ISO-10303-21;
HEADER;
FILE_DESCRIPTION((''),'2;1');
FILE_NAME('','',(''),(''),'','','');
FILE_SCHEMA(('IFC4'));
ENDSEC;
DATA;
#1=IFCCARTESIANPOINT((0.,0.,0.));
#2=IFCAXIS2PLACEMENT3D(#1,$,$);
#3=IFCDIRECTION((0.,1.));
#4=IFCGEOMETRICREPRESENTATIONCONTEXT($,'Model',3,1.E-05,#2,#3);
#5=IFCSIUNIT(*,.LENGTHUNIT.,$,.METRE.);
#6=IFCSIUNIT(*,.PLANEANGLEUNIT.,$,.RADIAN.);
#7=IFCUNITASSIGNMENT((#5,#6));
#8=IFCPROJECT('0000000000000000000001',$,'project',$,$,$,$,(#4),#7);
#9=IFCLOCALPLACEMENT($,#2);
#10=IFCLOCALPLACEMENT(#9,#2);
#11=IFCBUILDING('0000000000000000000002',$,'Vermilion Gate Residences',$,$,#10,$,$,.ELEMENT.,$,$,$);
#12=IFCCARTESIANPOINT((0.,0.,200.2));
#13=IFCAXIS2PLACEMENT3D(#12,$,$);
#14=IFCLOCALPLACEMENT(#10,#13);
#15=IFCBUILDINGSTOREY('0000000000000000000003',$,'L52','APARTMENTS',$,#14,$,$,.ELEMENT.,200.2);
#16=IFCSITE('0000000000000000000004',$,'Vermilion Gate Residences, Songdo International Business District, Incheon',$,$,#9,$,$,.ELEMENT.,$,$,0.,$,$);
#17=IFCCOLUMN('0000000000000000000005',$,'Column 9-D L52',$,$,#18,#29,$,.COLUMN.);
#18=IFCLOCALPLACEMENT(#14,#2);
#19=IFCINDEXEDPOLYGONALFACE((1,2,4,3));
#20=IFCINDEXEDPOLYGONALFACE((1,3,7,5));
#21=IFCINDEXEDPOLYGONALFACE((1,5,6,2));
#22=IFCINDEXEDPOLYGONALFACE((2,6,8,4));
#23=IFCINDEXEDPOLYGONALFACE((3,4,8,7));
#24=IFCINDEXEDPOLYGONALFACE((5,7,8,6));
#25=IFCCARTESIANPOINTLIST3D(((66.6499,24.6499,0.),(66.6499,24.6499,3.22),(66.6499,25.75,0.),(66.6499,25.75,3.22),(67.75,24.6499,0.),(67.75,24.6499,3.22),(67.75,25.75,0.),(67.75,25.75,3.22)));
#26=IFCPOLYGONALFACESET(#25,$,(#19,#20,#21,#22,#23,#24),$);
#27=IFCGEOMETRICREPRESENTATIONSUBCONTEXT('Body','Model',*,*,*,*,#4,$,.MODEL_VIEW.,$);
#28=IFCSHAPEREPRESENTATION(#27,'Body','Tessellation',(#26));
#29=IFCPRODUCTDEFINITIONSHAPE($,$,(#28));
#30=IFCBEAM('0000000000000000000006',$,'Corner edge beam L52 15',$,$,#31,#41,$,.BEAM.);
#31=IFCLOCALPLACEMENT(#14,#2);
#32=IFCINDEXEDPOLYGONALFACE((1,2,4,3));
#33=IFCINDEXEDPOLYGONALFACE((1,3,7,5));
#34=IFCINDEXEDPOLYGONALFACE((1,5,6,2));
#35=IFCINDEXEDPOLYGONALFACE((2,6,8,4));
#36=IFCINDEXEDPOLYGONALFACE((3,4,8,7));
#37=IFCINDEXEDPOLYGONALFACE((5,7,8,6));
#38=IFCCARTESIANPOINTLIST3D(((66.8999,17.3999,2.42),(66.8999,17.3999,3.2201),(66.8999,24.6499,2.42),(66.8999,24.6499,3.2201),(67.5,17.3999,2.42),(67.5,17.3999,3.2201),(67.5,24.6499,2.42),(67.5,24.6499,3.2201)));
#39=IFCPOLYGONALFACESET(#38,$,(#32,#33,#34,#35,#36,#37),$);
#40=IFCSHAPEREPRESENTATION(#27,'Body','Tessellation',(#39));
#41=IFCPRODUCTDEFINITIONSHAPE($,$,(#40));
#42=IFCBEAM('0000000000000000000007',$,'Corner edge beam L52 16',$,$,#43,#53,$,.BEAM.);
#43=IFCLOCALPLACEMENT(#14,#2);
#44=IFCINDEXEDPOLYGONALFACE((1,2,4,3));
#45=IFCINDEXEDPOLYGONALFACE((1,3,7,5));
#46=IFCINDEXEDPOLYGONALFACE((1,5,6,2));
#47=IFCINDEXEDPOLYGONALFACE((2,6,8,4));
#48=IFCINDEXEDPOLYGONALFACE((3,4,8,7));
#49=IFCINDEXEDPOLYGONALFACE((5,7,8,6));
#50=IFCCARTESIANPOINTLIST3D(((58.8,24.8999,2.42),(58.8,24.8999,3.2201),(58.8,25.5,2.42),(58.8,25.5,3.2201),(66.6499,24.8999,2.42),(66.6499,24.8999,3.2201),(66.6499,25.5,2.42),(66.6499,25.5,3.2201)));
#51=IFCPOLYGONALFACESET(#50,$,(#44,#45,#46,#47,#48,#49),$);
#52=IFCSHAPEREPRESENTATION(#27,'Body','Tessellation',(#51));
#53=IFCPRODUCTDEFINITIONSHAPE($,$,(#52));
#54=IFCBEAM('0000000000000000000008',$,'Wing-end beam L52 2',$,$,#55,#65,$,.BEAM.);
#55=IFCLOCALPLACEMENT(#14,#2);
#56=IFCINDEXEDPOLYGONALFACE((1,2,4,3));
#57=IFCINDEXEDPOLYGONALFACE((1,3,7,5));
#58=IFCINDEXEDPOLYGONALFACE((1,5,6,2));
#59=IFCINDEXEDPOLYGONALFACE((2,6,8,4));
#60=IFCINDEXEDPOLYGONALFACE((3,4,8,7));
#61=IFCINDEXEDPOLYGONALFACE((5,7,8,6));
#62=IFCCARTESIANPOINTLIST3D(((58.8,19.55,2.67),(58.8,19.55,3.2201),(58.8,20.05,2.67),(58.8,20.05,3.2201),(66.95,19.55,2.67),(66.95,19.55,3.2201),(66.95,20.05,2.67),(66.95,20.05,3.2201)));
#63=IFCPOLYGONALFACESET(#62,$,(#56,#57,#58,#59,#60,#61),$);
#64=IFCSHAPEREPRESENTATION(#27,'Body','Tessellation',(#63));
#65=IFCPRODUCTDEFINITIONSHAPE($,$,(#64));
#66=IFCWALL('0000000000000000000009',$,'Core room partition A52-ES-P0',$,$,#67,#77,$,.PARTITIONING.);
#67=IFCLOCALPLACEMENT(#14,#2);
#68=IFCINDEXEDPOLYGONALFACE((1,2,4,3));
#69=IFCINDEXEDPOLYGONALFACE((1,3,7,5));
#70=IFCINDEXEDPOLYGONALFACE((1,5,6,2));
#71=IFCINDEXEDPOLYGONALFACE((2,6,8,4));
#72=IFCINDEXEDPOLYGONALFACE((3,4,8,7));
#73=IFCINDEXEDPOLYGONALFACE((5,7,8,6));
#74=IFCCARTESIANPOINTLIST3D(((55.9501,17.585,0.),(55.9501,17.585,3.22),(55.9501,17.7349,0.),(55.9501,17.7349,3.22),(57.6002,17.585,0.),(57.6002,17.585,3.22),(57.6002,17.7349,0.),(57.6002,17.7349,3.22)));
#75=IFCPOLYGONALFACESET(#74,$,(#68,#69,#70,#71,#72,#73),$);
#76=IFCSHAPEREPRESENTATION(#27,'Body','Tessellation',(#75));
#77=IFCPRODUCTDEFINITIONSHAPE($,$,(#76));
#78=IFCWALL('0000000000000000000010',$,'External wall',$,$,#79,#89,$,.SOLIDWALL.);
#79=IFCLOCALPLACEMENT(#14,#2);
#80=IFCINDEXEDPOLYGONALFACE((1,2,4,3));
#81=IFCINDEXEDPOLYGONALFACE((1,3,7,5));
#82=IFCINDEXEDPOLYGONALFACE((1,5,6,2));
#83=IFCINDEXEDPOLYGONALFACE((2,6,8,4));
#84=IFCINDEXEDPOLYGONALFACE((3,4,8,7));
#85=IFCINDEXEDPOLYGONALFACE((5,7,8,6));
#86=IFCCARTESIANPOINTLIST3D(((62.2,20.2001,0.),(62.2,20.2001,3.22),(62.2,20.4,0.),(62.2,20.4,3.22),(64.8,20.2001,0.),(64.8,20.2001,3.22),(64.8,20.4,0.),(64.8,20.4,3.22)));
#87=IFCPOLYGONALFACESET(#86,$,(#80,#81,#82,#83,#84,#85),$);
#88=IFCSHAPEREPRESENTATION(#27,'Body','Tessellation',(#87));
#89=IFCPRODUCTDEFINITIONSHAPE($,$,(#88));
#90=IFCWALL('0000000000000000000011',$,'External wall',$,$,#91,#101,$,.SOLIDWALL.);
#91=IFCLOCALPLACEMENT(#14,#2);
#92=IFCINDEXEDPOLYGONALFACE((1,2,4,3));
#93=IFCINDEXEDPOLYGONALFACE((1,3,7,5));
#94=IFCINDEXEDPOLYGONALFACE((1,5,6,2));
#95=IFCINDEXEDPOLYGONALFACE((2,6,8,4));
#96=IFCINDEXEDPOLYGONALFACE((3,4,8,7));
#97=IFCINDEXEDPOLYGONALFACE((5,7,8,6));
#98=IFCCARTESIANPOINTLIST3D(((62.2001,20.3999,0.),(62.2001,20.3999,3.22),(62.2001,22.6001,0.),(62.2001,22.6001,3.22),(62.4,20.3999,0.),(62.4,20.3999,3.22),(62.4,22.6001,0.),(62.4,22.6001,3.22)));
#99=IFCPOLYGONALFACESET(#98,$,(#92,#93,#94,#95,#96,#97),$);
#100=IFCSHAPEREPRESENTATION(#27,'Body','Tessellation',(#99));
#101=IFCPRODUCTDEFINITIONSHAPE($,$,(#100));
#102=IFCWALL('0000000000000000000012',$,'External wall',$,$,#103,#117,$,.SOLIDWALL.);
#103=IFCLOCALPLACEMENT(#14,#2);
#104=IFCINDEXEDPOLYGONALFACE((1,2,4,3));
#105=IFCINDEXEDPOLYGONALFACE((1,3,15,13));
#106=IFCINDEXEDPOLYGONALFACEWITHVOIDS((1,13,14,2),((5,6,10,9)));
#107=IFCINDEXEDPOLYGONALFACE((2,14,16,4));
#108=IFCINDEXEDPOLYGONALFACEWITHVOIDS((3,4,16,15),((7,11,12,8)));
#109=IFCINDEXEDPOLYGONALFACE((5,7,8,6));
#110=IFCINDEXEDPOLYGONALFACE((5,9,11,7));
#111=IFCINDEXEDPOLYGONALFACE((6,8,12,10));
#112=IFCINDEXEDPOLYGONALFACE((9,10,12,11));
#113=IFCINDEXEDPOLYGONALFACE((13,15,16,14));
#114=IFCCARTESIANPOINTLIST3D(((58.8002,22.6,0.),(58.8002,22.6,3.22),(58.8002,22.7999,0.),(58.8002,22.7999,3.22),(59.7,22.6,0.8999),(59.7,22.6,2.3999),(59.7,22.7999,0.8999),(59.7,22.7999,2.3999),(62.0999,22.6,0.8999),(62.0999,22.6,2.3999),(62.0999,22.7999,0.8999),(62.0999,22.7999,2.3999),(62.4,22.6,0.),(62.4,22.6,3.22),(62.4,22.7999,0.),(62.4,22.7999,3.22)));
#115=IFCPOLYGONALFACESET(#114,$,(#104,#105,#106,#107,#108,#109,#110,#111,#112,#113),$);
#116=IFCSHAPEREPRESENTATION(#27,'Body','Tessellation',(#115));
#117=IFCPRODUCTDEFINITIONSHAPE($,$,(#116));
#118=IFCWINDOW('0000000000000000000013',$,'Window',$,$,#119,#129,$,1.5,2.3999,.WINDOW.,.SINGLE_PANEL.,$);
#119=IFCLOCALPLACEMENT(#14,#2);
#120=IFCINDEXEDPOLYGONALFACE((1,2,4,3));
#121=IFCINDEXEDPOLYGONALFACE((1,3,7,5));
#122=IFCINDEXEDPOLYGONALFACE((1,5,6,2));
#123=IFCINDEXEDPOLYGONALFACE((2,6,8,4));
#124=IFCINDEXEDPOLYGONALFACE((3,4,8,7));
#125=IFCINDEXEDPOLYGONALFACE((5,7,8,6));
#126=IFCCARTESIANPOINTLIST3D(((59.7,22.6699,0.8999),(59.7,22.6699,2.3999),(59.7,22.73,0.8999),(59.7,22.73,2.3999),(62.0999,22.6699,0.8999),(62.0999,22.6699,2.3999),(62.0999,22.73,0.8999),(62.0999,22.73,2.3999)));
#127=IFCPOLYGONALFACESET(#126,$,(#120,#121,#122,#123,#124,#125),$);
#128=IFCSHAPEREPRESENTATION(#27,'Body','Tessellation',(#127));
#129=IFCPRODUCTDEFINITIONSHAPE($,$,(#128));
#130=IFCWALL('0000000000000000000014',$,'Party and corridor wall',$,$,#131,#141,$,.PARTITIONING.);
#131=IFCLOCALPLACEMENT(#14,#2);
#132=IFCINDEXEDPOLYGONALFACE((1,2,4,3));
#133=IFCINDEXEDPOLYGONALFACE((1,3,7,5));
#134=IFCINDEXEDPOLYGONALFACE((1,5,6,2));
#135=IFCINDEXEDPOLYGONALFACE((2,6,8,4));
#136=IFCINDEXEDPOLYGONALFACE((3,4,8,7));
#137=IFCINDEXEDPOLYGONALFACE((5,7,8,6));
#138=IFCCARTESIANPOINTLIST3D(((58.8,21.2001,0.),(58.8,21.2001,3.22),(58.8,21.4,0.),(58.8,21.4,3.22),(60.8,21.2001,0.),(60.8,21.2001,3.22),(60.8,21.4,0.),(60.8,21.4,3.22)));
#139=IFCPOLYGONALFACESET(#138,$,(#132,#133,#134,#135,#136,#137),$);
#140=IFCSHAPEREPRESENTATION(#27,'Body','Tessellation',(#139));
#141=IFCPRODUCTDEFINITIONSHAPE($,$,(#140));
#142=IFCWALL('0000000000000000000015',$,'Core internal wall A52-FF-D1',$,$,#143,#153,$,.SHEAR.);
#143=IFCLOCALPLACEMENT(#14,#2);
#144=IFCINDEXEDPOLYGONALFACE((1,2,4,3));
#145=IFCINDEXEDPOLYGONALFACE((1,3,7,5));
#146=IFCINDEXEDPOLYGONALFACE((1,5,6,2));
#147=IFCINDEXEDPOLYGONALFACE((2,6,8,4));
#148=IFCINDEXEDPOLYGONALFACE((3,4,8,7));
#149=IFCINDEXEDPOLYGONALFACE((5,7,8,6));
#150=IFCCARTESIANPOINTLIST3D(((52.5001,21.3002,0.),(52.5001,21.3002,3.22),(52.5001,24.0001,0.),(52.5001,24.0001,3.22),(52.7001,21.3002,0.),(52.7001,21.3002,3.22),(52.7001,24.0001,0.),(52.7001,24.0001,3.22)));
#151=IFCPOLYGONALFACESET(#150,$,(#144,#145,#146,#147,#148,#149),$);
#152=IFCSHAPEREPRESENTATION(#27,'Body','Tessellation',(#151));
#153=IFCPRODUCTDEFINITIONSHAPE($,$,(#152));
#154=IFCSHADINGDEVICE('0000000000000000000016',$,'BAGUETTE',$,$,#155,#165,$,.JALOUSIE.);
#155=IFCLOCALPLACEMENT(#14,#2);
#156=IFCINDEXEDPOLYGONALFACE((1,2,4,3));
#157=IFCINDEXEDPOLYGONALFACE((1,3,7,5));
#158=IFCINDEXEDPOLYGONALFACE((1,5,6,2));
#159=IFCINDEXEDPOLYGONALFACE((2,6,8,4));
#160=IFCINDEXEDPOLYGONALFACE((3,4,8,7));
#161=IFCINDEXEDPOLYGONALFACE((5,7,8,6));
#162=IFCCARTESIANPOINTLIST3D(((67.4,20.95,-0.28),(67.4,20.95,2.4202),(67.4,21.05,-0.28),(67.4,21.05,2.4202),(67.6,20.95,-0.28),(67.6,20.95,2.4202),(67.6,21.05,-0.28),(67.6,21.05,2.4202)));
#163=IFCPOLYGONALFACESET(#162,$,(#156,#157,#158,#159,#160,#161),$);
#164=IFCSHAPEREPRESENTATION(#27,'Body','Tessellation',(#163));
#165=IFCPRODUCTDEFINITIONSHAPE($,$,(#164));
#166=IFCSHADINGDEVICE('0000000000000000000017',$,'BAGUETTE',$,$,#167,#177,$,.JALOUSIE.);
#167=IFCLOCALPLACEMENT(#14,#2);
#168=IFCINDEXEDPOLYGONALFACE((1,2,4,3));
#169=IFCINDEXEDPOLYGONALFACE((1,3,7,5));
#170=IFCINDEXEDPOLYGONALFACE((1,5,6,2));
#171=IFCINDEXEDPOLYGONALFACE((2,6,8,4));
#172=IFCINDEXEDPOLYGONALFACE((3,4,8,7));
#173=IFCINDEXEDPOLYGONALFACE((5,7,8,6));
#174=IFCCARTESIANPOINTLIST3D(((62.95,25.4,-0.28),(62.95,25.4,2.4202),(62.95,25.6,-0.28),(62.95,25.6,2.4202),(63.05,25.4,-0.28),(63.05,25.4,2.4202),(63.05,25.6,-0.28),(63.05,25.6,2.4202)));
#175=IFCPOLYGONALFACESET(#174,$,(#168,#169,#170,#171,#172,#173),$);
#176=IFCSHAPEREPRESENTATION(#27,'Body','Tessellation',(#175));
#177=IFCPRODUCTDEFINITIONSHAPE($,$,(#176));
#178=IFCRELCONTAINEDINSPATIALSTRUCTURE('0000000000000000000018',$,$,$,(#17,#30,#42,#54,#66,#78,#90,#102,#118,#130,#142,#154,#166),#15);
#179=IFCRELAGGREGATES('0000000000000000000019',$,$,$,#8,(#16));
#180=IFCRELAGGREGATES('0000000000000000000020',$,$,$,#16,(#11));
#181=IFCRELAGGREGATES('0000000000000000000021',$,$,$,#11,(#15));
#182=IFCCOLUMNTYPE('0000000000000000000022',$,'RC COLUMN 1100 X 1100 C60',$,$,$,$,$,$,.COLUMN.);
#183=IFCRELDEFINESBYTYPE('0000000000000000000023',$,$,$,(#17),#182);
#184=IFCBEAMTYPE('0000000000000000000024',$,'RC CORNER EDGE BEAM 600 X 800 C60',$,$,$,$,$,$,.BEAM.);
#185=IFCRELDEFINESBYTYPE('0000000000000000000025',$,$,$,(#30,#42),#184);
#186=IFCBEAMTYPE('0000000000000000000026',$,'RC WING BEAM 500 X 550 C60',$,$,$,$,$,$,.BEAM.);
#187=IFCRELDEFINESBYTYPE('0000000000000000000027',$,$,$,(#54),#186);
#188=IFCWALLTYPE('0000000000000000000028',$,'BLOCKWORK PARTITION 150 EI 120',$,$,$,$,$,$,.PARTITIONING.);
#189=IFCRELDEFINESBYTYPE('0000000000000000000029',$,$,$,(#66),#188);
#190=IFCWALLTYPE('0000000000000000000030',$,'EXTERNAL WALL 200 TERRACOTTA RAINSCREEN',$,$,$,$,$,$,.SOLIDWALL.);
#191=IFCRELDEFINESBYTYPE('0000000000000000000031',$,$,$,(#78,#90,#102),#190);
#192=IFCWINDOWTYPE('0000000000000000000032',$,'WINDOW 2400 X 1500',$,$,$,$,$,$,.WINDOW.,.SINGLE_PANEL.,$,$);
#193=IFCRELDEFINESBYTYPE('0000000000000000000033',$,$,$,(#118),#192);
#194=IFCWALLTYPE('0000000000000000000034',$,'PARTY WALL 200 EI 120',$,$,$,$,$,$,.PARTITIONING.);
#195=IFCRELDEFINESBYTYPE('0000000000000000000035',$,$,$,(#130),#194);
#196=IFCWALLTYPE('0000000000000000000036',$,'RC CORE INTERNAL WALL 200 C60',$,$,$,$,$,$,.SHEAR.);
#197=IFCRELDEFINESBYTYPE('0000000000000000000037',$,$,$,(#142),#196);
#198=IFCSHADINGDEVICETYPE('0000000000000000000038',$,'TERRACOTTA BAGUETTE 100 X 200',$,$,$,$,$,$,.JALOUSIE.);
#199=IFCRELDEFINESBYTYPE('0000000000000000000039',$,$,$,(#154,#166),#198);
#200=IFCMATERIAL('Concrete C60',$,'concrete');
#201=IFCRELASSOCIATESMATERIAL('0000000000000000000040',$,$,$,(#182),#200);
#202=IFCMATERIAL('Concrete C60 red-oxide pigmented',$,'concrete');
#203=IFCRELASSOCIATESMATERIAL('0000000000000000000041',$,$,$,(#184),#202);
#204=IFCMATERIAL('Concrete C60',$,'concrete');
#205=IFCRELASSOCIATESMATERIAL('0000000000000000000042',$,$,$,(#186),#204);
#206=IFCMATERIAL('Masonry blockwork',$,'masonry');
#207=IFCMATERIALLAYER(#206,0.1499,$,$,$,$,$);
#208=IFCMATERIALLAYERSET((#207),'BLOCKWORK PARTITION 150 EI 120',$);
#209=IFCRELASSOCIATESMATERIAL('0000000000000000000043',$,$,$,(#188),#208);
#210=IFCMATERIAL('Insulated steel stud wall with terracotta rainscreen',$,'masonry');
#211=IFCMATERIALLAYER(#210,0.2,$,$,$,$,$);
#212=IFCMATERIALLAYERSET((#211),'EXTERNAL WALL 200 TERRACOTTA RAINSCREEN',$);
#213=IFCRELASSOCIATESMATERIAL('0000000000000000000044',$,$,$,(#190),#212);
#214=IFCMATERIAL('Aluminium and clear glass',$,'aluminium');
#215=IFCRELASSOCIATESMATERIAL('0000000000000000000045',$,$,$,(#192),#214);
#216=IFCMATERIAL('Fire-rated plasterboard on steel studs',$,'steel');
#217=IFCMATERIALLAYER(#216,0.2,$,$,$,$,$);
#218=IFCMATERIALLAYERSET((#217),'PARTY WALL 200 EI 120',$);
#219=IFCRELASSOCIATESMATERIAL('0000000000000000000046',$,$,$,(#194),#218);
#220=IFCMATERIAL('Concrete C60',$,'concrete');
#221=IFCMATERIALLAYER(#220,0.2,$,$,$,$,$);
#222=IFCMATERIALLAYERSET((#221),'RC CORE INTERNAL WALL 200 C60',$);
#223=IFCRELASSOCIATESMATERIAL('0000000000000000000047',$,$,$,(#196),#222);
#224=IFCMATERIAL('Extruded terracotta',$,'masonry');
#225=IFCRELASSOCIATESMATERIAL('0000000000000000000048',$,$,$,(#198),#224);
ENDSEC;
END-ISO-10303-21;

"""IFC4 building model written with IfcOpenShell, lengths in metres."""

from ifc_helpers import new_model, si_unit, direction, frame, frame_2d, origin, origin_2d, place, context, subcontext, project, spatial, rectangle, extrude, material, layer, layer_set, material_profile, profile_set, type_object, element, fill, save


model = new_model("IFC4")

# Units and contexts
model_context = context("Model", 3, precision=1e-05, world=origin(), true_north=direction((0.0, 1.0)))
body_context = subcontext(model_context, "Body", "Model", "MODEL_VIEW")
ifc_project = project(units=[si_unit("LENGTHUNIT", "METRE"), si_unit("PLANEANGLEUNIT", "RADIAN")], contexts=[model_context])

# Site, building, storey
site_placement = place(None, origin())
site = spatial("IfcSite", under=ifc_project, at=site_placement, Name="Vermilion Gate Residences, Songdo International Business District, Incheon", CompositionType="ELEMENT", RefElevation=0.0)
building_placement = place(site_placement, origin())
building = spatial("IfcBuilding", under=site, at=building_placement, Name="Vermilion Gate Residences", CompositionType="ELEMENT")
storey_placement = place(building_placement, frame((0.0, 0.0, 200.2)))
storey = spatial("IfcBuildingStorey", under=building, at=storey_placement, Name="L52", Description="APARTMENTS", CompositionType="ELEMENT", Elevation=200.2)

# Column
ifc_material_1 = material(Name="Concrete C60", Category="concrete")
ifc_material_profile_1 = material_profile(ifc_material_1, rectangle(XDim=1.1001, YDim=1.1001, at=origin_2d()), Name="RC-1100x1100")
ifc_profile_set_1 = profile_set([ifc_material_profile_1], Name="Concrete C60")
column_type = type_object("IfcColumnType", Name="RC COLUMN 1100 X 1100 C60", PredefinedType="COLUMN", material=ifc_profile_set_1)
column_placement = place(storey_placement, frame((67.2, 25.2, 0.0), z_axis=(0.0, 0.0, 1.0), x_axis=(1.0, 0.0, 0.0)))
element("IfcColumn", 1, at=column_placement, inside=storey, type_object=column_type, Name="Column 9-D L52", PredefinedType="COLUMN", context=body_context, shape_type="SweptSolid", body=[
    extrude(rectangle(XDim=1.1001, YDim=1.1001, at=origin_2d()), origin(), (0.0, 0.0, 1.0), 3.22),
])

# Beams
ifc_material_2 = material(Name="Concrete C60 red-oxide pigmented", Category="concrete")
ifc_material_profile_2 = material_profile(ifc_material_2, rectangle(XDim=0.6001, YDim=0.8, at=origin_2d()), Name="RC-600x800")
ifc_profile_set_2 = profile_set([ifc_material_profile_2], Name="Concrete C60 red-oxide pigmented")
beam_type_1 = type_object("IfcBeamType", Name="RC CORNER EDGE BEAM 600 X 800 C60", PredefinedType="BEAM", material=ifc_profile_set_2)
beam_1_placement = place(storey_placement, frame((67.2, 17.3999, 2.8201), z_axis=(0.0, 1.0, 0.0), x_axis=(-1.0, 0.0, 0.0)))
element("IfcBeam", 2, at=beam_1_placement, inside=storey, type_object=beam_type_1, Name="Corner edge beam L52 15", PredefinedType="BEAM", context=body_context, shape_type="SweptSolid", body=[
    extrude(rectangle(XDim=0.6001, YDim=0.8, at=origin_2d()), origin(), (0.0, 0.0, 1.0), 7.25),
])
beam_2_placement = place(storey_placement, frame((58.8, 25.2, 2.8201), z_axis=(1.0, 0.0, 0.0), x_axis=(0.0, 1.0, 0.0)))
element("IfcBeam", 3, at=beam_2_placement, inside=storey, type_object=beam_type_1, Name="Corner edge beam L52 16", PredefinedType="BEAM", context=body_context, shape_type="SweptSolid", body=[
    extrude(rectangle(XDim=0.6001, YDim=0.8, at=origin_2d()), origin(), (0.0, 0.0, 1.0), 7.8499),
])
ifc_material_3 = material(Name="Concrete C60", Category="concrete")
ifc_material_profile_3 = material_profile(ifc_material_3, rectangle(XDim=0.5, YDim=0.55, at=origin_2d()), Name="RC-500x550")
ifc_profile_set_3 = profile_set([ifc_material_profile_3], Name="Concrete C60")
beam_type_2 = type_object("IfcBeamType", Name="RC WING BEAM 500 X 550 C60", PredefinedType="BEAM", material=ifc_profile_set_3)
beam_3_placement = place(storey_placement, frame((58.8, 19.8, 2.9451), z_axis=(1.0, 0.0, 0.0), x_axis=(0.0, 1.0, 0.0)))
element("IfcBeam", 4, at=beam_3_placement, inside=storey, type_object=beam_type_2, Name="Wing-end beam L52 2", PredefinedType="BEAM", context=body_context, shape_type="SweptSolid", body=[
    extrude(rectangle(XDim=0.5, YDim=0.55, at=origin_2d()), origin(), (0.0, 0.0, 1.0), 8.1499),
])

# Walls
ifc_material_4 = material(Name="Masonry blockwork", Category="masonry")
ifc_layer_1 = layer(ifc_material_4, 0.1499)
ifc_layer_set_1 = layer_set([ifc_layer_1], Name="BLOCKWORK PARTITION 150 EI 120")
wall_type_1 = type_object("IfcWallType", Name="BLOCKWORK PARTITION 150 EI 120", PredefinedType="PARTITIONING", material=ifc_layer_set_1)
wall_1_placement = place(storey_placement, frame((55.95, 17.6599, 0.0), z_axis=(0.0, 0.0, 1.0), x_axis=(1.0, 0.0, 0.0)))
element("IfcWall", 5, at=wall_1_placement, inside=storey, type_object=wall_type_1, Name="Core room partition A52-ES-P0", PredefinedType="PARTITIONING", context=body_context, shape_type="SweptSolid", body=[
    extrude(rectangle(XDim=1.6501, YDim=0.1499, at=frame_2d((0.8252, 0.0))), origin(), (0.0, 0.0, 1.0), 3.22),
])
ifc_material_5 = material(Name="Insulated steel stud wall with terracotta rainscreen", Category="masonry")
ifc_layer_2 = layer(ifc_material_5, 0.2)
ifc_layer_set_2 = layer_set([ifc_layer_2], Name="EXTERNAL WALL 200 TERRACOTTA RAINSCREEN")
wall_type_2 = type_object("IfcWallType", Name="EXTERNAL WALL 200 TERRACOTTA RAINSCREEN", PredefinedType="SOLIDWALL", material=ifc_layer_set_2)
wall_2_placement = place(storey_placement, frame((64.8, 20.3, 0.0), z_axis=(0.0, 0.0, 1.0), x_axis=(-1.0, 0.0, 0.0)))
element("IfcWall", 6, at=wall_2_placement, inside=storey, type_object=wall_type_2, Name="External wall", PredefinedType="SOLIDWALL", context=body_context, shape_type="SweptSolid", body=[
    extrude(rectangle(XDim=2.6001, YDim=0.2, at=frame_2d((1.3, 0.0))), origin(), (0.0, 0.0, 1.0), 3.22),
])
wall_3_placement = place(storey_placement, frame((62.3, 20.3999, 0.0), z_axis=(0.0, 0.0, 1.0), x_axis=(0.0, 1.0, 0.0)))
element("IfcWall", 7, at=wall_3_placement, inside=storey, type_object=wall_type_2, Name="External wall", PredefinedType="SOLIDWALL", context=body_context, shape_type="SweptSolid", body=[
    extrude(rectangle(XDim=2.2002, YDim=0.2, at=frame_2d((1.1001, 0.0))), origin(), (0.0, 0.0, 1.0), 3.22),
])

# Wall, opening, window
wall_4_placement = place(storey_placement, frame((62.3999, 22.7, 0.0), z_axis=(0.0, 0.0, 1.0), x_axis=(-1.0, 0.0, 0.0)))
wall_4 = element("IfcWall", 8, at=wall_4_placement, inside=storey, type_object=wall_type_2, Name="External wall", PredefinedType="SOLIDWALL", context=body_context, shape_type="SweptSolid", body=[
    extrude(rectangle(XDim=3.5999, YDim=0.2, at=frame_2d((1.7998, 0.0))), origin(), (0.0, 0.0, 1.0), 3.22),
])
opening_placement = place(wall_4_placement, frame((0.3, 0.0, 0.8999)))
opening = element("IfcOpeningElement", 9, at=opening_placement, cuts=wall_4, PredefinedType="OPENING", context=body_context, shape_type="SweptSolid", body=[
    extrude(rectangle(XDim=2.3999, YDim=1.5, at=frame_2d((1.2, 0.75))), frame((0.0, 0.1099, 0.0), z_axis=(0.0, -1.0, 0.0), x_axis=(1.0, 0.0, 0.0)), (0.0, 0.0, 1.0), 0.22),
])
ifc_material_6 = material(Name="Aluminium and clear glass", Category="aluminium")
window_type = type_object("IfcWindowType", Name="WINDOW 2400 X 1500", PartitioningType="SINGLE_PANEL", PredefinedType="WINDOW", material=ifc_material_6)
window_placement = place(opening_placement, origin())
window = element("IfcWindow", 10, at=window_placement, inside=storey, type_object=window_type, Name="Window", OverallHeight=1.5, OverallWidth=2.3999, PartitioningType="SINGLE_PANEL", PredefinedType="WINDOW", context=body_context, shape_type="SweptSolid", body=[
    extrude(rectangle(XDim=2.3999, YDim=1.5, at=frame_2d((1.2, 0.75))), frame((0.0, 0.03, 0.0), z_axis=(0.0, -1.0, 0.0), x_axis=(1.0, 0.0, 0.0)), (0.0, 0.0, 1.0), 0.0601),
])
fill(opening, window)

# Walls
ifc_material_7 = material(Name="Fire-rated plasterboard on steel studs", Category="steel")
ifc_layer_3 = layer(ifc_material_7, 0.2)
ifc_layer_set_3 = layer_set([ifc_layer_3], Name="PARTY WALL 200 EI 120")
wall_type_3 = type_object("IfcWallType", Name="PARTY WALL 200 EI 120", PredefinedType="PARTITIONING", material=ifc_layer_set_3)
wall_5_placement = place(storey_placement, frame((58.8, 21.3, 0.0), z_axis=(0.0, 0.0, 1.0), x_axis=(1.0, 0.0, 0.0)))
element("IfcWall", 11, at=wall_5_placement, inside=storey, type_object=wall_type_3, Name="Party and corridor wall", PredefinedType="PARTITIONING", context=body_context, shape_type="SweptSolid", body=[
    extrude(rectangle(XDim=2.0, YDim=0.2, at=frame_2d((1.0, 0.0))), origin(), (0.0, 0.0, 1.0), 3.22),
])
ifc_material_8 = material(Name="Concrete C60", Category="concrete")
ifc_layer_4 = layer(ifc_material_8, 0.2)
ifc_layer_set_4 = layer_set([ifc_layer_4], Name="RC CORE INTERNAL WALL 200 C60")
wall_type_4 = type_object("IfcWallType", Name="RC CORE INTERNAL WALL 200 C60", PredefinedType="SHEAR", material=ifc_layer_set_4)
wall_6_placement = place(storey_placement, frame((52.6001, 21.3, 0.0), z_axis=(0.0, 0.0, 1.0), x_axis=(0.0, 1.0, 0.0)))
element("IfcWall", 12, at=wall_6_placement, inside=storey, type_object=wall_type_4, Name="Core internal wall A52-FF-D1", PredefinedType="SHEAR", context=body_context, shape_type="SweptSolid", body=[
    extrude(rectangle(XDim=2.7, YDim=0.2, at=frame_2d((1.3501, 0.0))), origin(), (0.0, 0.0, 1.0), 3.22),
])

# Shading devices
ifc_material_9 = material(Name="Extruded terracotta", Category="masonry")
ifc_material_profile_4 = material_profile(ifc_material_9, rectangle(XDim=0.2, YDim=0.1001, at=origin_2d()), Name="BAGUETTE 100 X 200")
ifc_profile_set_4 = profile_set([ifc_material_profile_4], Name="Extruded terracotta")
shading_device_type_1 = type_object("IfcShadingDeviceType", Name="TERRACOTTA BAGUETTE 100 X 200", PredefinedType="JALOUSIE", material=ifc_profile_set_4)
for number, where, z_axis, x_axis, name in (
    (13, (67.5, 21.0, -0.28), (0.0, 0.0, 1.0), (-1.0, 0.0, 0.0), "BAGUETTE"),
    (14, (63.0, 25.5, -0.28), (0.0, 0.0, 1.0), (0.0, -1.0, 0.0), "BAGUETTE"),
):
    element("IfcShadingDevice", number, at=place(storey_placement, frame(where, z_axis=z_axis, x_axis=x_axis)), inside=storey, type_object=shading_device_type_1, Name=name, PredefinedType="JALOUSIE", context=body_context, shape_type="SweptSolid", body=[
        extrude(rectangle(XDim=0.2, YDim=0.1001, at=origin_2d()), origin(), (0.0, 0.0, 1.0), 2.7002),
    ])

save(model, "model.ifc")
